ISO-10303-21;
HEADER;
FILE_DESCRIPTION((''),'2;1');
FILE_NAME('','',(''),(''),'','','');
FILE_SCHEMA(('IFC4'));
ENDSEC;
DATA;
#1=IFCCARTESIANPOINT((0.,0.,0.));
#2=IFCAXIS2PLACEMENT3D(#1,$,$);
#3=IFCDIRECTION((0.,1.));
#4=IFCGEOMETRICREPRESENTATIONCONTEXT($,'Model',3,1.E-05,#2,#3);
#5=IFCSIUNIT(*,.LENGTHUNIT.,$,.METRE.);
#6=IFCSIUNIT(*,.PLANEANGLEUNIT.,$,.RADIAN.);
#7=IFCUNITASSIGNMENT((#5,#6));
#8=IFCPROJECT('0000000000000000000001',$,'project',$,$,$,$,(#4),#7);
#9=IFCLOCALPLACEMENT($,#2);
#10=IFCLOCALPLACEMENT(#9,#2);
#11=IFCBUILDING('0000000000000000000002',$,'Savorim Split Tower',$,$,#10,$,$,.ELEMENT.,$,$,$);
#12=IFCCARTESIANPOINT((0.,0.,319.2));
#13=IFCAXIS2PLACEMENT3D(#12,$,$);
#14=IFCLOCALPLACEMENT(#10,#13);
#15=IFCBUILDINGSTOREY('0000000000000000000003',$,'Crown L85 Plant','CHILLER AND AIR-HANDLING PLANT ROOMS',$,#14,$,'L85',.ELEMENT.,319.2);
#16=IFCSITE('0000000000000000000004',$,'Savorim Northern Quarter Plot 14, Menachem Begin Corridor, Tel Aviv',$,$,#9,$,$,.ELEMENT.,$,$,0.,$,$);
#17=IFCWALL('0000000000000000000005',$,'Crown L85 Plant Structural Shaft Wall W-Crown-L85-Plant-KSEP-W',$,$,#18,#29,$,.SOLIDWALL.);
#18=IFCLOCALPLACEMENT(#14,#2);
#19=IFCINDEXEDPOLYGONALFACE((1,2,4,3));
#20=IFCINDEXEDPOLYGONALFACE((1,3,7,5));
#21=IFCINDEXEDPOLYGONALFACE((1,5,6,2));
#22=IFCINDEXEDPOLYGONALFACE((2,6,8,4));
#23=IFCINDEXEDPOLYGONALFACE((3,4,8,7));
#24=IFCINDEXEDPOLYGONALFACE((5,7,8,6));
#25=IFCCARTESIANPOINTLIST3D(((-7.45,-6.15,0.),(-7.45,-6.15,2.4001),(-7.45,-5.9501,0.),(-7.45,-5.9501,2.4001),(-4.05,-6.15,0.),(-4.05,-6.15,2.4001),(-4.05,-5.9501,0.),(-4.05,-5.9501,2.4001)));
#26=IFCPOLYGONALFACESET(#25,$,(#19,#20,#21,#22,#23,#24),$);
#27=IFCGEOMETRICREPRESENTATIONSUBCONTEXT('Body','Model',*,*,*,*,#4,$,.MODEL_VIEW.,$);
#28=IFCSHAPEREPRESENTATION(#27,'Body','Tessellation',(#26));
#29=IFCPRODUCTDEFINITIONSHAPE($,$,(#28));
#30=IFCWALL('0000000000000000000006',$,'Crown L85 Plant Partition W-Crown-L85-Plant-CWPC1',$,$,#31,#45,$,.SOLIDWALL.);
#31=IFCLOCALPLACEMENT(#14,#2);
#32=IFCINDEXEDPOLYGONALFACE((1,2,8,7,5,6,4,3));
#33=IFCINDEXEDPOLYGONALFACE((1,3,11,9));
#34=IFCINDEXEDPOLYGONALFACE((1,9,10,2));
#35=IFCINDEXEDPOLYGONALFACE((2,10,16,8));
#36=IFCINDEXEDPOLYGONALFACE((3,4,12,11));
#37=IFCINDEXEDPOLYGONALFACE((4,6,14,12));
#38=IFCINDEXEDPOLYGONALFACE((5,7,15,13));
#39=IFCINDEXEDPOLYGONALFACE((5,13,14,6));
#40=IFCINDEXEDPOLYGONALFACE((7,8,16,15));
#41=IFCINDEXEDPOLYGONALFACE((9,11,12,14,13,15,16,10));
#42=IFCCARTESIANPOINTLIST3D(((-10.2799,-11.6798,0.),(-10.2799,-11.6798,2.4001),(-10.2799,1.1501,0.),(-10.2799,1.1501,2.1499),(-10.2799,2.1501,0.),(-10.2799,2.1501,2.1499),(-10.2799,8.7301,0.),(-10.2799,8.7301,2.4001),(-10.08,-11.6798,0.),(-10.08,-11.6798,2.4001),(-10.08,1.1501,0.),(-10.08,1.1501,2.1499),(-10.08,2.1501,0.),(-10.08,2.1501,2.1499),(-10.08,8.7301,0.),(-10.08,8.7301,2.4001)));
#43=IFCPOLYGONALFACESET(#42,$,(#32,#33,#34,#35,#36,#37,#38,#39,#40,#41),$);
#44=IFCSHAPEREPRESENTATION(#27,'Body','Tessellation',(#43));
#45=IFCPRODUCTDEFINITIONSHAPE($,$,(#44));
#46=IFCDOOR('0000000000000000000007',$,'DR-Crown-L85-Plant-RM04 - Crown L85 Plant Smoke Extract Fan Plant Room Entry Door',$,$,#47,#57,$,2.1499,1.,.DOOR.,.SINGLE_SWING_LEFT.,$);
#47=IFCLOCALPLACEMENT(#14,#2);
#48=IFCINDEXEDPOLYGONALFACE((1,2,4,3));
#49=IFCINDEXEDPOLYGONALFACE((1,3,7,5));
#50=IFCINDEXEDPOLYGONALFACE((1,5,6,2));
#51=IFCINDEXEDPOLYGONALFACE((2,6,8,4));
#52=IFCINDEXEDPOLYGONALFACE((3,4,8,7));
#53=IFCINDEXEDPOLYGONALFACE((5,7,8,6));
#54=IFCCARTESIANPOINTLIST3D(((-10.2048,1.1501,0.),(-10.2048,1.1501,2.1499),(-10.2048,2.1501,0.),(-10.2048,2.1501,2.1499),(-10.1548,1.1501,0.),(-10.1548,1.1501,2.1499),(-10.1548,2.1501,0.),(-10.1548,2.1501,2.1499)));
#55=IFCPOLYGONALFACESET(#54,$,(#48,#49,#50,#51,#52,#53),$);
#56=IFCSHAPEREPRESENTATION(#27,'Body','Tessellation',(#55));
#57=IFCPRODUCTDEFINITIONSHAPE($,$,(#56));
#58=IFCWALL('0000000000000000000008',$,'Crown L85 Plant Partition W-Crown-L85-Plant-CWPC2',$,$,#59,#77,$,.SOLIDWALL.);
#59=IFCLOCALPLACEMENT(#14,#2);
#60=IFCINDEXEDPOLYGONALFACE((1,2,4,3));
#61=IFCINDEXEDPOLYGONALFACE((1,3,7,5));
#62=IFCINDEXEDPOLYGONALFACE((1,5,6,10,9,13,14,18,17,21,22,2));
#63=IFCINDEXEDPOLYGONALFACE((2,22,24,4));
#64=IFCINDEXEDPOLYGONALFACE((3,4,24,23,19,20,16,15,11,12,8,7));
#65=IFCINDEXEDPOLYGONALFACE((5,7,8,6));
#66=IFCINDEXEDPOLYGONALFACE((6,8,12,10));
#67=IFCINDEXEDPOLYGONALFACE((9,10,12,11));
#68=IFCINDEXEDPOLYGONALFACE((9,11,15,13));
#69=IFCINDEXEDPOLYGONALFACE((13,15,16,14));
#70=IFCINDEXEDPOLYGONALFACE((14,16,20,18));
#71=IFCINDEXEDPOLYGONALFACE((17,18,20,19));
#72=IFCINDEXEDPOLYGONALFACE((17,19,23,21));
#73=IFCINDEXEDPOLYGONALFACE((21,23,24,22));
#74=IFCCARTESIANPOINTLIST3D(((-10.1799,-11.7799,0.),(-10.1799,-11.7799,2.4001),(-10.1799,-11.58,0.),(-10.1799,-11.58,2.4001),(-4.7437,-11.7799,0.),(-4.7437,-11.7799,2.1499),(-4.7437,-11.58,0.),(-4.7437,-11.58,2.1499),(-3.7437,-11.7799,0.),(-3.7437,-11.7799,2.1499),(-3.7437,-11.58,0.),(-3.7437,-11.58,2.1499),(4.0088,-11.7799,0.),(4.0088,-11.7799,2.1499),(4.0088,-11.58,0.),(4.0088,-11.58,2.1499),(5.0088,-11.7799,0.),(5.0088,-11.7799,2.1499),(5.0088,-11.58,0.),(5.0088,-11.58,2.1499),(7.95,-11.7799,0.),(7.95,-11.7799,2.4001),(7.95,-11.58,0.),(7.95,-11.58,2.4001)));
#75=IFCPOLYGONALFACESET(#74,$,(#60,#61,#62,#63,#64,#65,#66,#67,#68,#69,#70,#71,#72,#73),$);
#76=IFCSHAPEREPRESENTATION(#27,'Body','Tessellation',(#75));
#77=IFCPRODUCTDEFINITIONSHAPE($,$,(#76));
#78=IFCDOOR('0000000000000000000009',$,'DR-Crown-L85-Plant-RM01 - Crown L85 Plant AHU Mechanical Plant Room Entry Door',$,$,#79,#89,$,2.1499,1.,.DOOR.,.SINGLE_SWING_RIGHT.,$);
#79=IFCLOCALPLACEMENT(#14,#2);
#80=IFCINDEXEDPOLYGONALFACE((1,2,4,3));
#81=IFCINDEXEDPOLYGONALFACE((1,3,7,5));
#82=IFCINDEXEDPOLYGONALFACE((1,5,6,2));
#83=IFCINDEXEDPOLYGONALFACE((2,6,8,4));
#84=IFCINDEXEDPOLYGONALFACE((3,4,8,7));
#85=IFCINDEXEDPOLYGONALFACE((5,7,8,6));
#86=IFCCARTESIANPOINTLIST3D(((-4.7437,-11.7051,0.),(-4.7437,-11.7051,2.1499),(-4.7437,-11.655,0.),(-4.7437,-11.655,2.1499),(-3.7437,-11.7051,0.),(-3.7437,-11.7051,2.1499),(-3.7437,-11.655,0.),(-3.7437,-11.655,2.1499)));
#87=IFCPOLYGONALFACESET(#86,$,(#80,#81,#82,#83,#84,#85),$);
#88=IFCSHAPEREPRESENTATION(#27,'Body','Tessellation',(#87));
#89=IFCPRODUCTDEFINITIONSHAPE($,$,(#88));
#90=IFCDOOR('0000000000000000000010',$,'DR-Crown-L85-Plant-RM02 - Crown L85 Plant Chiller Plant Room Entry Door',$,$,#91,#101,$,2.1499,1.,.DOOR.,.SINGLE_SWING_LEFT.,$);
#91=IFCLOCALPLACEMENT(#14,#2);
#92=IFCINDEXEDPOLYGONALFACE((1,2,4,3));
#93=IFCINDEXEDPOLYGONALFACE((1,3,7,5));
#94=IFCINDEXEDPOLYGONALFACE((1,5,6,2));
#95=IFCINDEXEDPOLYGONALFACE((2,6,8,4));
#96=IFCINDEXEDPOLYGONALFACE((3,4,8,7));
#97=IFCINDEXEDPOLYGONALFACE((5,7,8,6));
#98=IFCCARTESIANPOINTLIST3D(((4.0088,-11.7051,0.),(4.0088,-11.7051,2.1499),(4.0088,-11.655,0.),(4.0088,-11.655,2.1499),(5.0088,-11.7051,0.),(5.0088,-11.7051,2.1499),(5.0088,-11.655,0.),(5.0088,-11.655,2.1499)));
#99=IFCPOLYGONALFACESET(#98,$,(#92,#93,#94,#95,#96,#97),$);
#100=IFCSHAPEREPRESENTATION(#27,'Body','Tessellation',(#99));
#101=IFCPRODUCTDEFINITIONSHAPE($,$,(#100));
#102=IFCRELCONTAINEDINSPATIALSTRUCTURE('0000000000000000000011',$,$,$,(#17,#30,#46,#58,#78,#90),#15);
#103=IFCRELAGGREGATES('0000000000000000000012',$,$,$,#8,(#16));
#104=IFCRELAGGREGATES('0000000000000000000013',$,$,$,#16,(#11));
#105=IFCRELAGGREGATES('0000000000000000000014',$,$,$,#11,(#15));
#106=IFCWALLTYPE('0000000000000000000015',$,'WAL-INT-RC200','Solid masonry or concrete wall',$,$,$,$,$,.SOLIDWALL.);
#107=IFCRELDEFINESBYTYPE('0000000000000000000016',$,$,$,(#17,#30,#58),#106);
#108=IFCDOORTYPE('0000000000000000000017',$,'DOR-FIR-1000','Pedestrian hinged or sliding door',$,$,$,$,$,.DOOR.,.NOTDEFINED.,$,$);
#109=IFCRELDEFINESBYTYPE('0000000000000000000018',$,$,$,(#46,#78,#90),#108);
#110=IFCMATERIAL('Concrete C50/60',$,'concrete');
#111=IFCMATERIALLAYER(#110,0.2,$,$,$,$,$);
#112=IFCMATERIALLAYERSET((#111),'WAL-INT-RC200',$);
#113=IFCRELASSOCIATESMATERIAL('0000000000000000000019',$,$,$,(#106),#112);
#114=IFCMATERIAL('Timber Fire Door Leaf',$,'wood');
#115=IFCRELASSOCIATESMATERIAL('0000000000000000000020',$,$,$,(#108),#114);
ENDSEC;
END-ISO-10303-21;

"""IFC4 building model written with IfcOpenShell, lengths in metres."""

from ifc_helpers import new_model, si_unit, direction, frame, frame_2d, origin, place, context, subcontext, project, spatial, rectangle, extrude, material, layer, layer_set, type_object, element, fill, save


model = new_model("IFC4")

# Units and contexts
model_context = context("Model", 3, precision=1e-05, world=origin(), true_north=direction((0.0, 1.0)))
body_context = subcontext(model_context, "Body", "Model", "MODEL_VIEW")
ifc_project = project(units=[si_unit("LENGTHUNIT", "METRE"), si_unit("PLANEANGLEUNIT", "RADIAN")], contexts=[model_context])

# Site, building, storey
site_placement = place(None, origin())
site = spatial("IfcSite", under=ifc_project, at=site_placement, Name="Savorim Northern Quarter Plot 14, Menachem Begin Corridor, Tel Aviv", CompositionType="ELEMENT", RefElevation=0.0)
building_placement = place(site_placement, origin())
building = spatial("IfcBuilding", under=site, at=building_placement, Name="Savorim Split Tower", CompositionType="ELEMENT")
storey_placement = place(building_placement, frame((0.0, 0.0, 319.2)))
storey = spatial("IfcBuildingStorey", under=building, at=storey_placement, Name="Crown L85 Plant", Description="CHILLER AND AIR-HANDLING PLANT ROOMS", LongName="L85", CompositionType="ELEMENT", Elevation=319.2)

# Shared definitions
ifc_material_1 = material(Name="Timber Fire Door Leaf", Category="wood")

# Wall
ifc_material_2 = material(Name="Concrete C50/60", Category="concrete")
ifc_layer_1 = layer(ifc_material_2, 0.2)
ifc_layer_set_1 = layer_set([ifc_layer_1], Name="WAL-INT-RC200")
wall_type_1 = type_object("IfcWallType", Name="WAL-INT-RC200", Description="Solid masonry or concrete wall", PredefinedType="SOLIDWALL", material=ifc_layer_set_1)
wall_1_placement = place(storey_placement, frame((-7.45, -6.05, 0.0), z_axis=(0.0, 0.0, 1.0), x_axis=(1.0, 0.0, 0.0)))
element("IfcWall", 1, at=wall_1_placement, inside=storey, type_object=wall_type_1, Name="Crown L85 Plant Structural Shaft Wall W-Crown-L85-Plant-KSEP-W", PredefinedType="SOLIDWALL", context=body_context, shape_type="SweptSolid", body=[
    extrude(rectangle(XDim=3.3999, YDim=0.2, at=frame_2d((1.7, 0.0))), origin(), (0.0, 0.0, 1.0), 2.4001),
])

# Wall, opening, door
wall_2_placement = place(storey_placement, frame((-10.1799, -11.6799, 0.0), z_axis=(0.0, 0.0, 1.0), x_axis=(0.0, 1.0, 0.0)))
wall_2 = element("IfcWall", 2, at=wall_2_placement, inside=storey, type_object=wall_type_1, Name="Crown L85 Plant Partition W-Crown-L85-Plant-CWPC1", PredefinedType="SOLIDWALL", context=body_context, shape_type="SweptSolid", body=[
    extrude(rectangle(XDim=20.4099, YDim=0.2, at=frame_2d((10.2051, 0.0))), origin(), (0.0, 0.0, 1.0), 2.4001),
])
opening_1_placement = place(wall_2_placement, frame((12.8301, 0.0, 0.0)))
opening_1 = element("IfcOpeningElement", 3, at=opening_1_placement, cuts=wall_2, PredefinedType="OPENING", context=body_context, shape_type="SweptSolid", body=[
    extrude(rectangle(XDim=1.0, YDim=2.1499, at=frame_2d((0.5, 1.075))), frame((0.0, 0.1099, 0.0), z_axis=(0.0, -1.0, 0.0), x_axis=(1.0, 0.0, 0.0)), (0.0, 0.0, 1.0), 0.22),
])
door_type_1 = type_object("IfcDoorType", Name="DOR-FIR-1000", Description="Pedestrian hinged or sliding door", OperationType="NOTDEFINED", PredefinedType="DOOR", material=ifc_material_1)
door_1_placement = place(opening_1_placement, origin())
door_1 = element("IfcDoor", 4, at=door_1_placement, inside=storey, type_object=door_type_1, Name="DR-Crown-L85-Plant-RM04 - Crown L85 Plant Smoke Extract Fan Plant Room Entry Door", OperationType="SINGLE_SWING_LEFT", OverallHeight=2.1499, OverallWidth=1.0, PredefinedType="DOOR", context=body_context, shape_type="SweptSolid", body=[
    extrude(rectangle(XDim=1.0, YDim=2.1499, at=frame_2d((0.5, 1.075))), frame((0.0, 0.0249, 0.0), z_axis=(0.0, -1.0, 0.0), x_axis=(1.0, 0.0, 0.0)), (0.0, 0.0, 1.0), 0.05),
])
fill(opening_1, door_1)

# Wall, openings, doors
wall_3_placement = place(storey_placement, frame((-10.1799, -11.6799, 0.0), z_axis=(0.0, 0.0, 1.0), x_axis=(1.0, 0.0, 0.0)))
wall_3 = element("IfcWall", 5, at=wall_3_placement, inside=storey, type_object=wall_type_1, Name="Crown L85 Plant Partition W-Crown-L85-Plant-CWPC2", PredefinedType="SOLIDWALL", context=body_context, shape_type="SweptSolid", body=[
    extrude(rectangle(XDim=18.1299, YDim=0.2, at=frame_2d((9.0649, 0.0))), origin(), (0.0, 0.0, 1.0), 2.4001),
])
opening_2_placement = place(wall_3_placement, frame((5.4363, 0.0, 0.0)))
opening_2 = element("IfcOpeningElement", 6, at=opening_2_placement, cuts=wall_3, PredefinedType="OPENING", context=body_context, shape_type="SweptSolid", body=[
    extrude(rectangle(XDim=1.0, YDim=2.1499, at=frame_2d((0.5, 1.075))), frame((0.0, 0.1099, 0.0), z_axis=(0.0, -1.0, 0.0), x_axis=(1.0, 0.0, 0.0)), (0.0, 0.0, 1.0), 0.22),
])
opening_3_placement = place(wall_3_placement, frame((14.1887, 0.0, 0.0)))
opening_3 = element("IfcOpeningElement", 7, at=opening_3_placement, cuts=wall_3, PredefinedType="OPENING", context=body_context, shape_type="SweptSolid", body=[
    extrude(rectangle(XDim=1.0, YDim=2.1499, at=frame_2d((0.5, 1.075))), frame((0.0, 0.1099, 0.0), z_axis=(0.0, -1.0, 0.0), x_axis=(1.0, 0.0, 0.0)), (0.0, 0.0, 1.0), 0.22),
])
door_2_placement = place(opening_2_placement, origin())
door_2 = element("IfcDoor", 8, at=door_2_placement, inside=storey, type_object=door_type_1, Name="DR-Crown-L85-Plant-RM01 - Crown L85 Plant AHU Mechanical Plant Room Entry Door", OperationType="SINGLE_SWING_RIGHT", OverallHeight=2.1499, OverallWidth=1.0, PredefinedType="DOOR", context=body_context, shape_type="SweptSolid", body=[
    extrude(rectangle(XDim=1.0, YDim=2.1499, at=frame_2d((0.5, 1.075))), frame((0.0, 0.0249, 0.0), z_axis=(0.0, -1.0, 0.0), x_axis=(1.0, 0.0, 0.0)), (0.0, 0.0, 1.0), 0.05),
])
fill(opening_2, door_2)
door_3_placement = place(opening_3_placement, origin())
door_3 = element("IfcDoor", 9, at=door_3_placement, inside=storey, type_object=door_type_1, Name="DR-Crown-L85-Plant-RM02 - Crown L85 Plant Chiller Plant Room Entry Door", OperationType="SINGLE_SWING_LEFT", OverallHeight=2.1499, OverallWidth=1.0, PredefinedType="DOOR", context=body_context, shape_type="SweptSolid", body=[
    extrude(rectangle(XDim=1.0, YDim=2.1499, at=frame_2d((0.5, 1.075))), frame((0.0, 0.0249, 0.0), z_axis=(0.0, -1.0, 0.0), x_axis=(1.0, 0.0, 0.0)), (0.0, 0.0, 1.0), 0.05),
])
fill(opening_3, door_3)

save(model, "model.ifc")
